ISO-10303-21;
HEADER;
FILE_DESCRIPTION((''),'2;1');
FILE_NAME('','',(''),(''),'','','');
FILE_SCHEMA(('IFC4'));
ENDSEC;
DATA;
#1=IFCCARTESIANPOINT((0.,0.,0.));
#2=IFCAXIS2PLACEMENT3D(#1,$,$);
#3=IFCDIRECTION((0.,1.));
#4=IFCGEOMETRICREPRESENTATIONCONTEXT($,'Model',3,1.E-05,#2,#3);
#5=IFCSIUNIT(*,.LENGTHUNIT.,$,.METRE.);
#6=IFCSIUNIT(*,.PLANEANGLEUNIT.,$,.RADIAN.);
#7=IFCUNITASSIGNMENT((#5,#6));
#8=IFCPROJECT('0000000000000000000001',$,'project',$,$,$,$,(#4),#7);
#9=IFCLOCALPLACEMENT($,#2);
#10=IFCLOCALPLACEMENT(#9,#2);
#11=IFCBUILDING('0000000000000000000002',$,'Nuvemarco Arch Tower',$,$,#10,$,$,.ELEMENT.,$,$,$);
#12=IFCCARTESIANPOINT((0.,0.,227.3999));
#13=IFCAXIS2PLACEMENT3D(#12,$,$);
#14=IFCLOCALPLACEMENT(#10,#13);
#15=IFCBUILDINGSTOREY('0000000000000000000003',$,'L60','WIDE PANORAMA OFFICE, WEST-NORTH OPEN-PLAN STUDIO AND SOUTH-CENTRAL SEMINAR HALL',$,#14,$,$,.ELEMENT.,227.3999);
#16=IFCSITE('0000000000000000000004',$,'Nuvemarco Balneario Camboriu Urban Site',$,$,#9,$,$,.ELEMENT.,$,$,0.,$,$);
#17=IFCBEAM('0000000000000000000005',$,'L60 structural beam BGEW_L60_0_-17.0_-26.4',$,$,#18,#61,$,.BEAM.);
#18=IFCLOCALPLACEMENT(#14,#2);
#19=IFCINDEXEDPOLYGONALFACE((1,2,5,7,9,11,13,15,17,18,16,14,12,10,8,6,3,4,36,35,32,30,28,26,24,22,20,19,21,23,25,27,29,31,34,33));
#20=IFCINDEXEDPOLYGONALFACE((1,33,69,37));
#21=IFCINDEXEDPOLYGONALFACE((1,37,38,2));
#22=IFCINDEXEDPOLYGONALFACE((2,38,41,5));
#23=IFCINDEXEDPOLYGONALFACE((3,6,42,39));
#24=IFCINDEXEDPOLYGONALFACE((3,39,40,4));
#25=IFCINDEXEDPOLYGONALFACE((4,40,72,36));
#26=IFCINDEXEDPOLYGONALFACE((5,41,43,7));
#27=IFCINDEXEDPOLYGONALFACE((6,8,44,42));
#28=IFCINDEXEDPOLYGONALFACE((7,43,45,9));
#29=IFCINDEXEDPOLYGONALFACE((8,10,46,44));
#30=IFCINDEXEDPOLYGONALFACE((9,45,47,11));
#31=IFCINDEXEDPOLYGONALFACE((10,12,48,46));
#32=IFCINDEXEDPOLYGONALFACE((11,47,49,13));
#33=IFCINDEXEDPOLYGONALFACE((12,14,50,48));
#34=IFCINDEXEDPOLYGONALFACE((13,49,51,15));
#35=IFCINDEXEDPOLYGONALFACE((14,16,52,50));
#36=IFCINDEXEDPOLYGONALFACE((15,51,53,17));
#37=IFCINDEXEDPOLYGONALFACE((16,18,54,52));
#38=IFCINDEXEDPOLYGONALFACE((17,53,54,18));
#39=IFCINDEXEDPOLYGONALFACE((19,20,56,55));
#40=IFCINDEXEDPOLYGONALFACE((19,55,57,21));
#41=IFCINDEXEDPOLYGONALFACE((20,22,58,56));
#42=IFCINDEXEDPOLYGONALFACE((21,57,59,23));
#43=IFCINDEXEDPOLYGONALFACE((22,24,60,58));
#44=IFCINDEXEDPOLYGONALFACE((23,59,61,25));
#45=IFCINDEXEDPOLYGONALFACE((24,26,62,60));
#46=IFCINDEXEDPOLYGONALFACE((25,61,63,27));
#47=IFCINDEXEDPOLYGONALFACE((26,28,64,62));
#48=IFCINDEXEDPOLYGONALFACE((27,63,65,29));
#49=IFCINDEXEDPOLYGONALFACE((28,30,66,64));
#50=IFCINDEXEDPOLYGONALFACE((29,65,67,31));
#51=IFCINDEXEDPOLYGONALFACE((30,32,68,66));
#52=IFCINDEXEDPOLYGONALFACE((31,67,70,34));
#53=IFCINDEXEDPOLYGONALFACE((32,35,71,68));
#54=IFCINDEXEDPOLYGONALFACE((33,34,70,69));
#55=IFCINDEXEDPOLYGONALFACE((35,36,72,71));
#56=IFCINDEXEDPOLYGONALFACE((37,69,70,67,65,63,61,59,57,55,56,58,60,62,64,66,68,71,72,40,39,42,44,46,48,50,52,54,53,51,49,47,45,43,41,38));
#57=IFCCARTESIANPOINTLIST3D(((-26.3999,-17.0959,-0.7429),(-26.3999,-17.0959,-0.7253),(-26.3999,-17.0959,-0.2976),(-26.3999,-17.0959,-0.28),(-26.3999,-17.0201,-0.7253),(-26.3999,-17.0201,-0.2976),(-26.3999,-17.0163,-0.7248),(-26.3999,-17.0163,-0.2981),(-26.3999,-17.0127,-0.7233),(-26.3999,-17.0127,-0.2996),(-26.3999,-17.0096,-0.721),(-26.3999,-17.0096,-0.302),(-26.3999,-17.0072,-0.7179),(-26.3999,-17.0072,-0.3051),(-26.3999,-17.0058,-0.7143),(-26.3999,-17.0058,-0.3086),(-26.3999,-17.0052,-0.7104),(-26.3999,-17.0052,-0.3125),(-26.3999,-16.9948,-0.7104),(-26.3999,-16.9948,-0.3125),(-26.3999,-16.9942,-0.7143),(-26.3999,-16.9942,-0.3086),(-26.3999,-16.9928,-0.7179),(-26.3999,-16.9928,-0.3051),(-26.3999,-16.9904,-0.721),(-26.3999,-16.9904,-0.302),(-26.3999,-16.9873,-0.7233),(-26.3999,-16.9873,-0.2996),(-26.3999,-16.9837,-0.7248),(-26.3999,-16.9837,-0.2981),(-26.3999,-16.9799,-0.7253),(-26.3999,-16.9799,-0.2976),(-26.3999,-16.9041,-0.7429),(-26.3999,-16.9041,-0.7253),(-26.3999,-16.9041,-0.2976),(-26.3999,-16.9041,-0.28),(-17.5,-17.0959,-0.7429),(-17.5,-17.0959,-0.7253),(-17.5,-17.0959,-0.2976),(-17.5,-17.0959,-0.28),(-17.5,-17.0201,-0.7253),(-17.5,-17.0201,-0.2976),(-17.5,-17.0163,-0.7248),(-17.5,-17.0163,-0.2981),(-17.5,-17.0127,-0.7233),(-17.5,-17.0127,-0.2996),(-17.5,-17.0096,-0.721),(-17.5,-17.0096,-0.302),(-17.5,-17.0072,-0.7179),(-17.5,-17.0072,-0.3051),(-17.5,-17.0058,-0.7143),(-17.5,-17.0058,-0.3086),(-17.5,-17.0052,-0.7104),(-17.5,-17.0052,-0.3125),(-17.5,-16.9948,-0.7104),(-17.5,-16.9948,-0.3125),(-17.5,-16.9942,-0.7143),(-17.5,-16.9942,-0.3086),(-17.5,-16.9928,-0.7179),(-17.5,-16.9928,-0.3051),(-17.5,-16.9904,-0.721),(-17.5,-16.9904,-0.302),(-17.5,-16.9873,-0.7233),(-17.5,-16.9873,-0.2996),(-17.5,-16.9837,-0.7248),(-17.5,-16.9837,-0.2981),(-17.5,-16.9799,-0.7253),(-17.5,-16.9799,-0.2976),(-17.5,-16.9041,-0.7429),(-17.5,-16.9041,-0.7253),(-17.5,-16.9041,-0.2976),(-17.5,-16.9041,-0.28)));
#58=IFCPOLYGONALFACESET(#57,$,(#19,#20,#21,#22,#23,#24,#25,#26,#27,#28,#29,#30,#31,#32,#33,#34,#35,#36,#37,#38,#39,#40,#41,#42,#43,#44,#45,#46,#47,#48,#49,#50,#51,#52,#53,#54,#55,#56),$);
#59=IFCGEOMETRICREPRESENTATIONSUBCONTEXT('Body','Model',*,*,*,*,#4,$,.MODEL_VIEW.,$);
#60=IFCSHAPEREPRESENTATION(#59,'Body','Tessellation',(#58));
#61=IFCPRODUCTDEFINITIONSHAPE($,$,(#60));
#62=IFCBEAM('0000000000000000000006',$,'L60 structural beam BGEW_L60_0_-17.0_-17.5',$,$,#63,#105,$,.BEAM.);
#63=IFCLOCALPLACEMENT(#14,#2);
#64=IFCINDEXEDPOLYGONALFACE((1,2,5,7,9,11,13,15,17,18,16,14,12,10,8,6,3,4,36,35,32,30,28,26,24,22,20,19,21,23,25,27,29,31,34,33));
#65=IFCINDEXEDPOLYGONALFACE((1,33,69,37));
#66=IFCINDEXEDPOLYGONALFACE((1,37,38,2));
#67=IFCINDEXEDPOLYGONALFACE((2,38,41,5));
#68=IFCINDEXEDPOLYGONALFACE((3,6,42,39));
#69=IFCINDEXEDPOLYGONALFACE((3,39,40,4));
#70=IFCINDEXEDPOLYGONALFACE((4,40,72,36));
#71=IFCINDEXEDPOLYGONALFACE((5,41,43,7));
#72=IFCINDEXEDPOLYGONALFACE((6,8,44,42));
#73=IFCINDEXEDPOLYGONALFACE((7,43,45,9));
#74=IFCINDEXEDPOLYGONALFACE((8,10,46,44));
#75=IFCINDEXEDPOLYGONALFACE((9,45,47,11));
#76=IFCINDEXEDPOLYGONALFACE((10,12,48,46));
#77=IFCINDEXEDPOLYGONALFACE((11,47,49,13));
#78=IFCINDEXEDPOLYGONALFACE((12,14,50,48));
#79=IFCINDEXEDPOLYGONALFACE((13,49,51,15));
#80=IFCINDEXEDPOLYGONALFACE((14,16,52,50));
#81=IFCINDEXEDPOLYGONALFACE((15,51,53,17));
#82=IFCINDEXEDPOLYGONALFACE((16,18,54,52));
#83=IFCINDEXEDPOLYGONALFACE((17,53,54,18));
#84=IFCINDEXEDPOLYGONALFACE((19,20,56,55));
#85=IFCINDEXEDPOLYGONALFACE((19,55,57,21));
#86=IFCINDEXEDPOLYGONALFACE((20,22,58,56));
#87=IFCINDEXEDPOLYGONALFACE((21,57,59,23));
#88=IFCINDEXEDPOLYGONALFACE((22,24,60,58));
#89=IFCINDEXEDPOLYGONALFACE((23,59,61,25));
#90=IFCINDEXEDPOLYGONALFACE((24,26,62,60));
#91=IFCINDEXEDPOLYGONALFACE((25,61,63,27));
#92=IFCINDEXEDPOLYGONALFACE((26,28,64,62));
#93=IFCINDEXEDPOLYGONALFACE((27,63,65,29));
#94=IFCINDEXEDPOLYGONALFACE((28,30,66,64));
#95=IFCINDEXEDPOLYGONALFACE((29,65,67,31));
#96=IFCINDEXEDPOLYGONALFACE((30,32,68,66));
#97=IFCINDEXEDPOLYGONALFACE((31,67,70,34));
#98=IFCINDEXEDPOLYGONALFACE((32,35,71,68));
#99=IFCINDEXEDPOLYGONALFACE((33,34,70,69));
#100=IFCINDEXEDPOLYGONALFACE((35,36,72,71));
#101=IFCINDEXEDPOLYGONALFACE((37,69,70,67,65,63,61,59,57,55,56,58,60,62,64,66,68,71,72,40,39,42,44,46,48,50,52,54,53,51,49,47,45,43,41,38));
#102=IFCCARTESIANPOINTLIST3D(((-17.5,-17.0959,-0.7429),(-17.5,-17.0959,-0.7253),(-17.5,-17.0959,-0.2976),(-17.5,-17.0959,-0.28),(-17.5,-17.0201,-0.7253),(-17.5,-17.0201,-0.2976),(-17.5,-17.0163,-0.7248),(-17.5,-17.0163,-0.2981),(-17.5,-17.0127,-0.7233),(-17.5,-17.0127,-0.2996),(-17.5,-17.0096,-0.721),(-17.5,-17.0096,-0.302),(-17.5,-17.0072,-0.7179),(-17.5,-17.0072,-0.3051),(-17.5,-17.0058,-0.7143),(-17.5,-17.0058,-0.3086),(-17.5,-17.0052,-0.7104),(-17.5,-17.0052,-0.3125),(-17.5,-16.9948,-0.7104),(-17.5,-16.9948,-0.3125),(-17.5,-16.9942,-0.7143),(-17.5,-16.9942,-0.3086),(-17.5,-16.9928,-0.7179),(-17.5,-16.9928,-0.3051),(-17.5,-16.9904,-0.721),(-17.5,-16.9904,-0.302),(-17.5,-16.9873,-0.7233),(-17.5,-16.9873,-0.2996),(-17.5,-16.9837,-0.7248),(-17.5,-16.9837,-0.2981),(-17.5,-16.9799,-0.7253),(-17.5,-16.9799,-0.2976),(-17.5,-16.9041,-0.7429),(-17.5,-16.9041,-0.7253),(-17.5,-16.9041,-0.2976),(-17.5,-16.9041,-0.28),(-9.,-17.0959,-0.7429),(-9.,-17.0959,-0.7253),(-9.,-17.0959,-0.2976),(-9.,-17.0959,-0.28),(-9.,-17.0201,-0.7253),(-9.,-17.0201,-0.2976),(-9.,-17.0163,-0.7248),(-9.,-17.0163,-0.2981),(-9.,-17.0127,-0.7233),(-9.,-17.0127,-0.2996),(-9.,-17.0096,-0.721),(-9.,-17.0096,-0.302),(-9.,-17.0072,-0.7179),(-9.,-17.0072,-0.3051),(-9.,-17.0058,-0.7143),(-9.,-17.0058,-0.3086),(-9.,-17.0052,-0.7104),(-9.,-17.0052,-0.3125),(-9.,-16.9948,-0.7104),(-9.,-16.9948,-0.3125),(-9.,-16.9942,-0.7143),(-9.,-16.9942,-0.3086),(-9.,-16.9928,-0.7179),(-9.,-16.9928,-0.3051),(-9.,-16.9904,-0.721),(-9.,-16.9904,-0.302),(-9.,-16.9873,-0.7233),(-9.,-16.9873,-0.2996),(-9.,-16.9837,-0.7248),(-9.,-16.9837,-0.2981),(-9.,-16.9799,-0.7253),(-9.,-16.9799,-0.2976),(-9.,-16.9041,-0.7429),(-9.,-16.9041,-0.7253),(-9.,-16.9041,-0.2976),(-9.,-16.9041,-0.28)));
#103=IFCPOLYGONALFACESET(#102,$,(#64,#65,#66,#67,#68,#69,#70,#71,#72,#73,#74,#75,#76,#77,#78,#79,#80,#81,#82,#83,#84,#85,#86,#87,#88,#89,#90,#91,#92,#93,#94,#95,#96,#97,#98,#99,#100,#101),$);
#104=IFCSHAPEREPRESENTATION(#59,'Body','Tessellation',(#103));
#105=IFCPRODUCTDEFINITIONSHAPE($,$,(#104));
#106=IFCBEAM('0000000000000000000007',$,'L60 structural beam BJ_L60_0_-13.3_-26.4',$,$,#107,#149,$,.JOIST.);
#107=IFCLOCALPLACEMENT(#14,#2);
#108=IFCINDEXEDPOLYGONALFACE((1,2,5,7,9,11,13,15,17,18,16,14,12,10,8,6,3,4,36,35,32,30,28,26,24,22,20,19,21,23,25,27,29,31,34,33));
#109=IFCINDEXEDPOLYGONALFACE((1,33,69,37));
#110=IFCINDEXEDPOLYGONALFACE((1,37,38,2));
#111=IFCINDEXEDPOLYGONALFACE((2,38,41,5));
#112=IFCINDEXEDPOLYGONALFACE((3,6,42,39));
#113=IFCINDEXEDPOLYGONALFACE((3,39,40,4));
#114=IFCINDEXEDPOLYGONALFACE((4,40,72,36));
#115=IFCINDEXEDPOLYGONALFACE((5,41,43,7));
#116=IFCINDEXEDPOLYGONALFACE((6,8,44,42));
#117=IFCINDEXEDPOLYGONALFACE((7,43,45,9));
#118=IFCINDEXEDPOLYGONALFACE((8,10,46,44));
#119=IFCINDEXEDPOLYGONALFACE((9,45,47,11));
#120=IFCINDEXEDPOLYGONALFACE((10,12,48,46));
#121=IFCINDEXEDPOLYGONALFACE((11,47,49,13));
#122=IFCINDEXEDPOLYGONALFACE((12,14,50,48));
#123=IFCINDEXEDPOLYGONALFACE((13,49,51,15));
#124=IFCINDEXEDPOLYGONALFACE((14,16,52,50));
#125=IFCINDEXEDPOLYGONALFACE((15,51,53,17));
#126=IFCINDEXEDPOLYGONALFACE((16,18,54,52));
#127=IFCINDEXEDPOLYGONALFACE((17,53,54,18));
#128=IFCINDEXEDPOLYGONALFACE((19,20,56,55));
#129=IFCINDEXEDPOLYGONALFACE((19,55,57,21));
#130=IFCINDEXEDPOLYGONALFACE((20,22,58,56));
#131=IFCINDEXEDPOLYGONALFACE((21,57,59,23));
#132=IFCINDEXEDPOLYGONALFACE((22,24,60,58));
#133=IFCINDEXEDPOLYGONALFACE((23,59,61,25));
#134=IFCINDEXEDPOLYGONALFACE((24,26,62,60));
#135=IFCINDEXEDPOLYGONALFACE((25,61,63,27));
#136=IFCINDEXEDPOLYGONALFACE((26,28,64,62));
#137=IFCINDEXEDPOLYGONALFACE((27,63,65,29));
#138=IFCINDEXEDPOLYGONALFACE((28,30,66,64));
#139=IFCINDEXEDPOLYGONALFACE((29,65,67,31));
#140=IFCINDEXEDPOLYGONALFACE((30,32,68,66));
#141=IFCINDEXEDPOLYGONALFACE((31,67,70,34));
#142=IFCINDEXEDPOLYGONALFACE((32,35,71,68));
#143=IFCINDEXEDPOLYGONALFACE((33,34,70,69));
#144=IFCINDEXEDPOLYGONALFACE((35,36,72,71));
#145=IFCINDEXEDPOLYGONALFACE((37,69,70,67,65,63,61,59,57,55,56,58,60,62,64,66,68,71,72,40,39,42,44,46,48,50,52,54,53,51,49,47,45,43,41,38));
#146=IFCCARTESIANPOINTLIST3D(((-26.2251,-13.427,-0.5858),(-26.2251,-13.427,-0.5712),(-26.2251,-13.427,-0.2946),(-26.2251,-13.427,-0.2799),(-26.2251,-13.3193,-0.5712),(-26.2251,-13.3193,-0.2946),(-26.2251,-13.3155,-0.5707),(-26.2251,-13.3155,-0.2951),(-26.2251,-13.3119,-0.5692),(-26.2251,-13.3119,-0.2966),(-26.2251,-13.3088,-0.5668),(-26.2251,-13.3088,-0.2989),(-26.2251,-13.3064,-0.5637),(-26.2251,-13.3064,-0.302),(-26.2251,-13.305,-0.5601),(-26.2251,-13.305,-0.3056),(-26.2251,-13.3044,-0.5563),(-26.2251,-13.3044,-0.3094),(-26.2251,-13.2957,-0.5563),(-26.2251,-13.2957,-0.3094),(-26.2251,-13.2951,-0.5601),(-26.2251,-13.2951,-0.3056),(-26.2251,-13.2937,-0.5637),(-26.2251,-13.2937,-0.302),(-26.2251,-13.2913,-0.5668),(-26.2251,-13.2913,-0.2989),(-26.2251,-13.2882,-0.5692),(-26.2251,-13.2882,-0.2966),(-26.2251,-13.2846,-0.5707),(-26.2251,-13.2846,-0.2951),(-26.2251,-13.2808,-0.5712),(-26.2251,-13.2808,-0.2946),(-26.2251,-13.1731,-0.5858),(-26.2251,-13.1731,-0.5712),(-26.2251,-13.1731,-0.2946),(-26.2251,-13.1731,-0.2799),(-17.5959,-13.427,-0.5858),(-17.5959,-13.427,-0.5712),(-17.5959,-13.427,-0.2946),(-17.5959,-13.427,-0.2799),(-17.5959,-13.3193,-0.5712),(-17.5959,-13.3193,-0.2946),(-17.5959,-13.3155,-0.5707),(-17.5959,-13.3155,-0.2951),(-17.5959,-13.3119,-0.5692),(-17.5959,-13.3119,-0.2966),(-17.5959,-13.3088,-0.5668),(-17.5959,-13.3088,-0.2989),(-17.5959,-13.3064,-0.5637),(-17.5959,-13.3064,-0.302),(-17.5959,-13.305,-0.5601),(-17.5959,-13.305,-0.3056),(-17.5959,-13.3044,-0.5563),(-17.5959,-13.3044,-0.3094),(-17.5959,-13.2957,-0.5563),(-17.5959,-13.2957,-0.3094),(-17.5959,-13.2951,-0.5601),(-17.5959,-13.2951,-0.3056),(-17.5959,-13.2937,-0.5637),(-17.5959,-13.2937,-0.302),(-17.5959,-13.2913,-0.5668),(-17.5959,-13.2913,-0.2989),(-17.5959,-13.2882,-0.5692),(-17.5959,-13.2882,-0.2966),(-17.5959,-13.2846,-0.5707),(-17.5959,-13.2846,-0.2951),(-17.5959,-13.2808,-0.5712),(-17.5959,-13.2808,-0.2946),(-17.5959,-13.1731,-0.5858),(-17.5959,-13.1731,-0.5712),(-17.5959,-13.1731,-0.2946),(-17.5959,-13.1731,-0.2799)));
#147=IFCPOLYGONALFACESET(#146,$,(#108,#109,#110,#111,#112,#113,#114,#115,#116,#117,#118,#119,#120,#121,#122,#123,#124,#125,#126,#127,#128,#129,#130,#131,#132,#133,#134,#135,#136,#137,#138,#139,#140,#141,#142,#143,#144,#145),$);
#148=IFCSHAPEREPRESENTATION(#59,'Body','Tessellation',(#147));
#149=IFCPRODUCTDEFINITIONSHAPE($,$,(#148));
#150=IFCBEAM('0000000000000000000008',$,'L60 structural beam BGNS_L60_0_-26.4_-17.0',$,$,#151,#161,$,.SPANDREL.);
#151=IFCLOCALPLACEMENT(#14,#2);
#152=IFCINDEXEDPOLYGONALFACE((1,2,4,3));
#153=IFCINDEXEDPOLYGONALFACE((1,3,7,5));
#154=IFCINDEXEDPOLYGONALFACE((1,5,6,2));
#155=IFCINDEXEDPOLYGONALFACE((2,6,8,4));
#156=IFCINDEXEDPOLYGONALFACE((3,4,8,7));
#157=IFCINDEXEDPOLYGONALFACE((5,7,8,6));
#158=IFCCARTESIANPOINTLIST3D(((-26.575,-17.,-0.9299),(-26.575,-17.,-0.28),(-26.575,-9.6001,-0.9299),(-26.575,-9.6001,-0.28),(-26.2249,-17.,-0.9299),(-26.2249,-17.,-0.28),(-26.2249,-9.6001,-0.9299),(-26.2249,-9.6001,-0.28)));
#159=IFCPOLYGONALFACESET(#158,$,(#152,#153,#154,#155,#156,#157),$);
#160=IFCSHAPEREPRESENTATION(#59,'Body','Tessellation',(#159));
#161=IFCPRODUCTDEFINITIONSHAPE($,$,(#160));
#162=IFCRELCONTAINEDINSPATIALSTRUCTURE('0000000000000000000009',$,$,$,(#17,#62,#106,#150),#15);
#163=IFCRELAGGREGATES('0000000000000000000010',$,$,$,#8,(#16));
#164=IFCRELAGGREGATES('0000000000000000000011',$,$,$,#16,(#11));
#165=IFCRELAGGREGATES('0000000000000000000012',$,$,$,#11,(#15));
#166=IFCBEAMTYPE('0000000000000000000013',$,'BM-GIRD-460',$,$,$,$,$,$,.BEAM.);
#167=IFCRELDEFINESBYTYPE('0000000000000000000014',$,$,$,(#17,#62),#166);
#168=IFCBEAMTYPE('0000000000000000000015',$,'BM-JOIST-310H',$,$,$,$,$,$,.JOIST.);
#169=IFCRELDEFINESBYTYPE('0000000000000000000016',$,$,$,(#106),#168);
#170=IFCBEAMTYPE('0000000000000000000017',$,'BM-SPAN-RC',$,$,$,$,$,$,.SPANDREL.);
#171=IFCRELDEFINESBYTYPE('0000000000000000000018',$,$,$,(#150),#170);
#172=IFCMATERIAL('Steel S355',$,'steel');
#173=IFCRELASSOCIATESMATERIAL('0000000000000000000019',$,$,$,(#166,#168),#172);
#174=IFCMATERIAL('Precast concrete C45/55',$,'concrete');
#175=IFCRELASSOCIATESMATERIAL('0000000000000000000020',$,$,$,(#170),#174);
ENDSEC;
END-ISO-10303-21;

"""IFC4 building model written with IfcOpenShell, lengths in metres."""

from ifc_helpers import new_model, si_unit, direction, frame, origin, origin_2d, place, context, subcontext, project, spatial, rectangle, i_section, extrude, material, material_profile, profile_set, type_object, element, save


model = new_model("IFC4")

# Units and contexts
model_context = context("Model", 3, precision=1e-05, world=origin(), true_north=direction((0.0, 1.0)))
body_context = subcontext(model_context, "Body", "Model", "MODEL_VIEW")
ifc_project = project(units=[si_unit("LENGTHUNIT", "METRE"), si_unit("PLANEANGLEUNIT", "RADIAN")], contexts=[model_context])

# Site, building, storey
site_placement = place(None, origin())
site = spatial("IfcSite", under=ifc_project, at=site_placement, Name="Nuvemarco Balneario Camboriu Urban Site", CompositionType="ELEMENT", RefElevation=0.0)
building_placement = place(site_placement, origin())
building = spatial("IfcBuilding", under=site, at=building_placement, Name="Nuvemarco Arch Tower", CompositionType="ELEMENT")
storey_placement = place(building_placement, frame((0.0, 0.0, 227.3999)))
storey = spatial("IfcBuildingStorey", under=building, at=storey_placement, Name="L60", Description="WIDE PANORAMA OFFICE, WEST-NORTH OPEN-PLAN STUDIO AND SOUTH-CENTRAL SEMINAR HALL", CompositionType="ELEMENT", Elevation=227.3999)

# Shared definitions
ifc_material_1 = material(Name="Steel S355", Category="steel")

# Beams
ifc_material_profile_1 = material_profile(ifc_material_1, i_section(OverallWidth=0.1919, OverallDepth=0.4629, WebThickness=0.0105, FlangeThickness=0.0176, FilletRadius=0.0149, at=origin_2d()), Name="W460x89")
ifc_profile_set_1 = profile_set([ifc_material_profile_1], Name="Steel S355")
beam_type_1 = type_object("IfcBeamType", Name="BM-GIRD-460", PredefinedType="BEAM", material=ifc_profile_set_1)
beam_1_placement = place(storey_placement, frame((-26.3999, -17.0, -0.5115), z_axis=(1.0, 0.0, 0.0), x_axis=(0.0, 1.0, 0.0)))
element("IfcBeam", 1, at=beam_1_placement, inside=storey, type_object=beam_type_1, Name="L60 structural beam BGEW_L60_0_-17.0_-26.4", PredefinedType="BEAM", context=body_context, shape_type="SweptSolid", body=[
    extrude(i_section(OverallWidth=0.1919, OverallDepth=0.4629, WebThickness=0.0105, FlangeThickness=0.0176, FilletRadius=0.0149, at=origin_2d()), origin(), (0.0, 0.0, 1.0), 8.8999),
])
beam_2_placement = place(storey_placement, frame((-17.5, -17.0, -0.5115), z_axis=(1.0, 0.0, 0.0), x_axis=(0.0, 1.0, 0.0)))
element("IfcBeam", 2, at=beam_2_placement, inside=storey, type_object=beam_type_1, Name="L60 structural beam BGEW_L60_0_-17.0_-17.5", PredefinedType="BEAM", context=body_context, shape_type="SweptSolid", body=[
    extrude(i_section(OverallWidth=0.1919, OverallDepth=0.4629, WebThickness=0.0105, FlangeThickness=0.0176, FilletRadius=0.0149, at=origin_2d()), origin(), (0.0, 0.0, 1.0), 8.5),
])
ifc_material_profile_2 = material_profile(ifc_material_1, i_section(OverallWidth=0.2539, OverallDepth=0.3059, WebThickness=0.0088, FlangeThickness=0.0146, FilletRadius=0.0149, at=origin_2d()), Name="W310x79")
ifc_profile_set_2 = profile_set([ifc_material_profile_2], Name="Steel S355")
beam_type_2 = type_object("IfcBeamType", Name="BM-JOIST-310H", PredefinedType="JOIST", material=ifc_profile_set_2)
beam_3_placement = place(storey_placement, frame((-26.2251, -13.3, -0.4329), z_axis=(1.0, 0.0, 0.0), x_axis=(0.0, 1.0, 0.0)))
element("IfcBeam", 3, at=beam_3_placement, inside=storey, type_object=beam_type_2, Name="L60 structural beam BJ_L60_0_-13.3_-26.4", PredefinedType="JOIST", context=body_context, shape_type="SweptSolid", body=[
    extrude(i_section(OverallWidth=0.2539, OverallDepth=0.3059, WebThickness=0.0088, FlangeThickness=0.0146, FilletRadius=0.0149, at=origin_2d()), origin(), (0.0, 0.0, 1.0), 8.6292),
])
ifc_material_2 = material(Name="Precast concrete C45/55", Category="concrete")
ifc_material_profile_3 = material_profile(ifc_material_2, rectangle(XDim=0.3501, YDim=0.6499, at=origin_2d()), Name="PC-SP-350x650")
ifc_profile_set_3 = profile_set([ifc_material_profile_3], Name="Precast concrete C45/55")
beam_type_3 = type_object("IfcBeamType", Name="BM-SPAN-RC", PredefinedType="SPANDREL", material=ifc_profile_set_3)
beam_4_placement = place(storey_placement, frame((-26.3999, -17.0, -0.605), z_axis=(0.0, 1.0, 0.0), x_axis=(-1.0, 0.0, 0.0)))
element("IfcBeam", 4, at=beam_4_placement, inside=storey, type_object=beam_type_3, Name="L60 structural beam BGNS_L60_0_-26.4_-17.0", PredefinedType="SPANDREL", context=body_context, shape_type="SweptSolid", body=[
    extrude(rectangle(XDim=0.3501, YDim=0.6499, at=origin_2d()), origin(), (0.0, 0.0, 1.0), 7.3999),
])

save(model, "model.ifc")
